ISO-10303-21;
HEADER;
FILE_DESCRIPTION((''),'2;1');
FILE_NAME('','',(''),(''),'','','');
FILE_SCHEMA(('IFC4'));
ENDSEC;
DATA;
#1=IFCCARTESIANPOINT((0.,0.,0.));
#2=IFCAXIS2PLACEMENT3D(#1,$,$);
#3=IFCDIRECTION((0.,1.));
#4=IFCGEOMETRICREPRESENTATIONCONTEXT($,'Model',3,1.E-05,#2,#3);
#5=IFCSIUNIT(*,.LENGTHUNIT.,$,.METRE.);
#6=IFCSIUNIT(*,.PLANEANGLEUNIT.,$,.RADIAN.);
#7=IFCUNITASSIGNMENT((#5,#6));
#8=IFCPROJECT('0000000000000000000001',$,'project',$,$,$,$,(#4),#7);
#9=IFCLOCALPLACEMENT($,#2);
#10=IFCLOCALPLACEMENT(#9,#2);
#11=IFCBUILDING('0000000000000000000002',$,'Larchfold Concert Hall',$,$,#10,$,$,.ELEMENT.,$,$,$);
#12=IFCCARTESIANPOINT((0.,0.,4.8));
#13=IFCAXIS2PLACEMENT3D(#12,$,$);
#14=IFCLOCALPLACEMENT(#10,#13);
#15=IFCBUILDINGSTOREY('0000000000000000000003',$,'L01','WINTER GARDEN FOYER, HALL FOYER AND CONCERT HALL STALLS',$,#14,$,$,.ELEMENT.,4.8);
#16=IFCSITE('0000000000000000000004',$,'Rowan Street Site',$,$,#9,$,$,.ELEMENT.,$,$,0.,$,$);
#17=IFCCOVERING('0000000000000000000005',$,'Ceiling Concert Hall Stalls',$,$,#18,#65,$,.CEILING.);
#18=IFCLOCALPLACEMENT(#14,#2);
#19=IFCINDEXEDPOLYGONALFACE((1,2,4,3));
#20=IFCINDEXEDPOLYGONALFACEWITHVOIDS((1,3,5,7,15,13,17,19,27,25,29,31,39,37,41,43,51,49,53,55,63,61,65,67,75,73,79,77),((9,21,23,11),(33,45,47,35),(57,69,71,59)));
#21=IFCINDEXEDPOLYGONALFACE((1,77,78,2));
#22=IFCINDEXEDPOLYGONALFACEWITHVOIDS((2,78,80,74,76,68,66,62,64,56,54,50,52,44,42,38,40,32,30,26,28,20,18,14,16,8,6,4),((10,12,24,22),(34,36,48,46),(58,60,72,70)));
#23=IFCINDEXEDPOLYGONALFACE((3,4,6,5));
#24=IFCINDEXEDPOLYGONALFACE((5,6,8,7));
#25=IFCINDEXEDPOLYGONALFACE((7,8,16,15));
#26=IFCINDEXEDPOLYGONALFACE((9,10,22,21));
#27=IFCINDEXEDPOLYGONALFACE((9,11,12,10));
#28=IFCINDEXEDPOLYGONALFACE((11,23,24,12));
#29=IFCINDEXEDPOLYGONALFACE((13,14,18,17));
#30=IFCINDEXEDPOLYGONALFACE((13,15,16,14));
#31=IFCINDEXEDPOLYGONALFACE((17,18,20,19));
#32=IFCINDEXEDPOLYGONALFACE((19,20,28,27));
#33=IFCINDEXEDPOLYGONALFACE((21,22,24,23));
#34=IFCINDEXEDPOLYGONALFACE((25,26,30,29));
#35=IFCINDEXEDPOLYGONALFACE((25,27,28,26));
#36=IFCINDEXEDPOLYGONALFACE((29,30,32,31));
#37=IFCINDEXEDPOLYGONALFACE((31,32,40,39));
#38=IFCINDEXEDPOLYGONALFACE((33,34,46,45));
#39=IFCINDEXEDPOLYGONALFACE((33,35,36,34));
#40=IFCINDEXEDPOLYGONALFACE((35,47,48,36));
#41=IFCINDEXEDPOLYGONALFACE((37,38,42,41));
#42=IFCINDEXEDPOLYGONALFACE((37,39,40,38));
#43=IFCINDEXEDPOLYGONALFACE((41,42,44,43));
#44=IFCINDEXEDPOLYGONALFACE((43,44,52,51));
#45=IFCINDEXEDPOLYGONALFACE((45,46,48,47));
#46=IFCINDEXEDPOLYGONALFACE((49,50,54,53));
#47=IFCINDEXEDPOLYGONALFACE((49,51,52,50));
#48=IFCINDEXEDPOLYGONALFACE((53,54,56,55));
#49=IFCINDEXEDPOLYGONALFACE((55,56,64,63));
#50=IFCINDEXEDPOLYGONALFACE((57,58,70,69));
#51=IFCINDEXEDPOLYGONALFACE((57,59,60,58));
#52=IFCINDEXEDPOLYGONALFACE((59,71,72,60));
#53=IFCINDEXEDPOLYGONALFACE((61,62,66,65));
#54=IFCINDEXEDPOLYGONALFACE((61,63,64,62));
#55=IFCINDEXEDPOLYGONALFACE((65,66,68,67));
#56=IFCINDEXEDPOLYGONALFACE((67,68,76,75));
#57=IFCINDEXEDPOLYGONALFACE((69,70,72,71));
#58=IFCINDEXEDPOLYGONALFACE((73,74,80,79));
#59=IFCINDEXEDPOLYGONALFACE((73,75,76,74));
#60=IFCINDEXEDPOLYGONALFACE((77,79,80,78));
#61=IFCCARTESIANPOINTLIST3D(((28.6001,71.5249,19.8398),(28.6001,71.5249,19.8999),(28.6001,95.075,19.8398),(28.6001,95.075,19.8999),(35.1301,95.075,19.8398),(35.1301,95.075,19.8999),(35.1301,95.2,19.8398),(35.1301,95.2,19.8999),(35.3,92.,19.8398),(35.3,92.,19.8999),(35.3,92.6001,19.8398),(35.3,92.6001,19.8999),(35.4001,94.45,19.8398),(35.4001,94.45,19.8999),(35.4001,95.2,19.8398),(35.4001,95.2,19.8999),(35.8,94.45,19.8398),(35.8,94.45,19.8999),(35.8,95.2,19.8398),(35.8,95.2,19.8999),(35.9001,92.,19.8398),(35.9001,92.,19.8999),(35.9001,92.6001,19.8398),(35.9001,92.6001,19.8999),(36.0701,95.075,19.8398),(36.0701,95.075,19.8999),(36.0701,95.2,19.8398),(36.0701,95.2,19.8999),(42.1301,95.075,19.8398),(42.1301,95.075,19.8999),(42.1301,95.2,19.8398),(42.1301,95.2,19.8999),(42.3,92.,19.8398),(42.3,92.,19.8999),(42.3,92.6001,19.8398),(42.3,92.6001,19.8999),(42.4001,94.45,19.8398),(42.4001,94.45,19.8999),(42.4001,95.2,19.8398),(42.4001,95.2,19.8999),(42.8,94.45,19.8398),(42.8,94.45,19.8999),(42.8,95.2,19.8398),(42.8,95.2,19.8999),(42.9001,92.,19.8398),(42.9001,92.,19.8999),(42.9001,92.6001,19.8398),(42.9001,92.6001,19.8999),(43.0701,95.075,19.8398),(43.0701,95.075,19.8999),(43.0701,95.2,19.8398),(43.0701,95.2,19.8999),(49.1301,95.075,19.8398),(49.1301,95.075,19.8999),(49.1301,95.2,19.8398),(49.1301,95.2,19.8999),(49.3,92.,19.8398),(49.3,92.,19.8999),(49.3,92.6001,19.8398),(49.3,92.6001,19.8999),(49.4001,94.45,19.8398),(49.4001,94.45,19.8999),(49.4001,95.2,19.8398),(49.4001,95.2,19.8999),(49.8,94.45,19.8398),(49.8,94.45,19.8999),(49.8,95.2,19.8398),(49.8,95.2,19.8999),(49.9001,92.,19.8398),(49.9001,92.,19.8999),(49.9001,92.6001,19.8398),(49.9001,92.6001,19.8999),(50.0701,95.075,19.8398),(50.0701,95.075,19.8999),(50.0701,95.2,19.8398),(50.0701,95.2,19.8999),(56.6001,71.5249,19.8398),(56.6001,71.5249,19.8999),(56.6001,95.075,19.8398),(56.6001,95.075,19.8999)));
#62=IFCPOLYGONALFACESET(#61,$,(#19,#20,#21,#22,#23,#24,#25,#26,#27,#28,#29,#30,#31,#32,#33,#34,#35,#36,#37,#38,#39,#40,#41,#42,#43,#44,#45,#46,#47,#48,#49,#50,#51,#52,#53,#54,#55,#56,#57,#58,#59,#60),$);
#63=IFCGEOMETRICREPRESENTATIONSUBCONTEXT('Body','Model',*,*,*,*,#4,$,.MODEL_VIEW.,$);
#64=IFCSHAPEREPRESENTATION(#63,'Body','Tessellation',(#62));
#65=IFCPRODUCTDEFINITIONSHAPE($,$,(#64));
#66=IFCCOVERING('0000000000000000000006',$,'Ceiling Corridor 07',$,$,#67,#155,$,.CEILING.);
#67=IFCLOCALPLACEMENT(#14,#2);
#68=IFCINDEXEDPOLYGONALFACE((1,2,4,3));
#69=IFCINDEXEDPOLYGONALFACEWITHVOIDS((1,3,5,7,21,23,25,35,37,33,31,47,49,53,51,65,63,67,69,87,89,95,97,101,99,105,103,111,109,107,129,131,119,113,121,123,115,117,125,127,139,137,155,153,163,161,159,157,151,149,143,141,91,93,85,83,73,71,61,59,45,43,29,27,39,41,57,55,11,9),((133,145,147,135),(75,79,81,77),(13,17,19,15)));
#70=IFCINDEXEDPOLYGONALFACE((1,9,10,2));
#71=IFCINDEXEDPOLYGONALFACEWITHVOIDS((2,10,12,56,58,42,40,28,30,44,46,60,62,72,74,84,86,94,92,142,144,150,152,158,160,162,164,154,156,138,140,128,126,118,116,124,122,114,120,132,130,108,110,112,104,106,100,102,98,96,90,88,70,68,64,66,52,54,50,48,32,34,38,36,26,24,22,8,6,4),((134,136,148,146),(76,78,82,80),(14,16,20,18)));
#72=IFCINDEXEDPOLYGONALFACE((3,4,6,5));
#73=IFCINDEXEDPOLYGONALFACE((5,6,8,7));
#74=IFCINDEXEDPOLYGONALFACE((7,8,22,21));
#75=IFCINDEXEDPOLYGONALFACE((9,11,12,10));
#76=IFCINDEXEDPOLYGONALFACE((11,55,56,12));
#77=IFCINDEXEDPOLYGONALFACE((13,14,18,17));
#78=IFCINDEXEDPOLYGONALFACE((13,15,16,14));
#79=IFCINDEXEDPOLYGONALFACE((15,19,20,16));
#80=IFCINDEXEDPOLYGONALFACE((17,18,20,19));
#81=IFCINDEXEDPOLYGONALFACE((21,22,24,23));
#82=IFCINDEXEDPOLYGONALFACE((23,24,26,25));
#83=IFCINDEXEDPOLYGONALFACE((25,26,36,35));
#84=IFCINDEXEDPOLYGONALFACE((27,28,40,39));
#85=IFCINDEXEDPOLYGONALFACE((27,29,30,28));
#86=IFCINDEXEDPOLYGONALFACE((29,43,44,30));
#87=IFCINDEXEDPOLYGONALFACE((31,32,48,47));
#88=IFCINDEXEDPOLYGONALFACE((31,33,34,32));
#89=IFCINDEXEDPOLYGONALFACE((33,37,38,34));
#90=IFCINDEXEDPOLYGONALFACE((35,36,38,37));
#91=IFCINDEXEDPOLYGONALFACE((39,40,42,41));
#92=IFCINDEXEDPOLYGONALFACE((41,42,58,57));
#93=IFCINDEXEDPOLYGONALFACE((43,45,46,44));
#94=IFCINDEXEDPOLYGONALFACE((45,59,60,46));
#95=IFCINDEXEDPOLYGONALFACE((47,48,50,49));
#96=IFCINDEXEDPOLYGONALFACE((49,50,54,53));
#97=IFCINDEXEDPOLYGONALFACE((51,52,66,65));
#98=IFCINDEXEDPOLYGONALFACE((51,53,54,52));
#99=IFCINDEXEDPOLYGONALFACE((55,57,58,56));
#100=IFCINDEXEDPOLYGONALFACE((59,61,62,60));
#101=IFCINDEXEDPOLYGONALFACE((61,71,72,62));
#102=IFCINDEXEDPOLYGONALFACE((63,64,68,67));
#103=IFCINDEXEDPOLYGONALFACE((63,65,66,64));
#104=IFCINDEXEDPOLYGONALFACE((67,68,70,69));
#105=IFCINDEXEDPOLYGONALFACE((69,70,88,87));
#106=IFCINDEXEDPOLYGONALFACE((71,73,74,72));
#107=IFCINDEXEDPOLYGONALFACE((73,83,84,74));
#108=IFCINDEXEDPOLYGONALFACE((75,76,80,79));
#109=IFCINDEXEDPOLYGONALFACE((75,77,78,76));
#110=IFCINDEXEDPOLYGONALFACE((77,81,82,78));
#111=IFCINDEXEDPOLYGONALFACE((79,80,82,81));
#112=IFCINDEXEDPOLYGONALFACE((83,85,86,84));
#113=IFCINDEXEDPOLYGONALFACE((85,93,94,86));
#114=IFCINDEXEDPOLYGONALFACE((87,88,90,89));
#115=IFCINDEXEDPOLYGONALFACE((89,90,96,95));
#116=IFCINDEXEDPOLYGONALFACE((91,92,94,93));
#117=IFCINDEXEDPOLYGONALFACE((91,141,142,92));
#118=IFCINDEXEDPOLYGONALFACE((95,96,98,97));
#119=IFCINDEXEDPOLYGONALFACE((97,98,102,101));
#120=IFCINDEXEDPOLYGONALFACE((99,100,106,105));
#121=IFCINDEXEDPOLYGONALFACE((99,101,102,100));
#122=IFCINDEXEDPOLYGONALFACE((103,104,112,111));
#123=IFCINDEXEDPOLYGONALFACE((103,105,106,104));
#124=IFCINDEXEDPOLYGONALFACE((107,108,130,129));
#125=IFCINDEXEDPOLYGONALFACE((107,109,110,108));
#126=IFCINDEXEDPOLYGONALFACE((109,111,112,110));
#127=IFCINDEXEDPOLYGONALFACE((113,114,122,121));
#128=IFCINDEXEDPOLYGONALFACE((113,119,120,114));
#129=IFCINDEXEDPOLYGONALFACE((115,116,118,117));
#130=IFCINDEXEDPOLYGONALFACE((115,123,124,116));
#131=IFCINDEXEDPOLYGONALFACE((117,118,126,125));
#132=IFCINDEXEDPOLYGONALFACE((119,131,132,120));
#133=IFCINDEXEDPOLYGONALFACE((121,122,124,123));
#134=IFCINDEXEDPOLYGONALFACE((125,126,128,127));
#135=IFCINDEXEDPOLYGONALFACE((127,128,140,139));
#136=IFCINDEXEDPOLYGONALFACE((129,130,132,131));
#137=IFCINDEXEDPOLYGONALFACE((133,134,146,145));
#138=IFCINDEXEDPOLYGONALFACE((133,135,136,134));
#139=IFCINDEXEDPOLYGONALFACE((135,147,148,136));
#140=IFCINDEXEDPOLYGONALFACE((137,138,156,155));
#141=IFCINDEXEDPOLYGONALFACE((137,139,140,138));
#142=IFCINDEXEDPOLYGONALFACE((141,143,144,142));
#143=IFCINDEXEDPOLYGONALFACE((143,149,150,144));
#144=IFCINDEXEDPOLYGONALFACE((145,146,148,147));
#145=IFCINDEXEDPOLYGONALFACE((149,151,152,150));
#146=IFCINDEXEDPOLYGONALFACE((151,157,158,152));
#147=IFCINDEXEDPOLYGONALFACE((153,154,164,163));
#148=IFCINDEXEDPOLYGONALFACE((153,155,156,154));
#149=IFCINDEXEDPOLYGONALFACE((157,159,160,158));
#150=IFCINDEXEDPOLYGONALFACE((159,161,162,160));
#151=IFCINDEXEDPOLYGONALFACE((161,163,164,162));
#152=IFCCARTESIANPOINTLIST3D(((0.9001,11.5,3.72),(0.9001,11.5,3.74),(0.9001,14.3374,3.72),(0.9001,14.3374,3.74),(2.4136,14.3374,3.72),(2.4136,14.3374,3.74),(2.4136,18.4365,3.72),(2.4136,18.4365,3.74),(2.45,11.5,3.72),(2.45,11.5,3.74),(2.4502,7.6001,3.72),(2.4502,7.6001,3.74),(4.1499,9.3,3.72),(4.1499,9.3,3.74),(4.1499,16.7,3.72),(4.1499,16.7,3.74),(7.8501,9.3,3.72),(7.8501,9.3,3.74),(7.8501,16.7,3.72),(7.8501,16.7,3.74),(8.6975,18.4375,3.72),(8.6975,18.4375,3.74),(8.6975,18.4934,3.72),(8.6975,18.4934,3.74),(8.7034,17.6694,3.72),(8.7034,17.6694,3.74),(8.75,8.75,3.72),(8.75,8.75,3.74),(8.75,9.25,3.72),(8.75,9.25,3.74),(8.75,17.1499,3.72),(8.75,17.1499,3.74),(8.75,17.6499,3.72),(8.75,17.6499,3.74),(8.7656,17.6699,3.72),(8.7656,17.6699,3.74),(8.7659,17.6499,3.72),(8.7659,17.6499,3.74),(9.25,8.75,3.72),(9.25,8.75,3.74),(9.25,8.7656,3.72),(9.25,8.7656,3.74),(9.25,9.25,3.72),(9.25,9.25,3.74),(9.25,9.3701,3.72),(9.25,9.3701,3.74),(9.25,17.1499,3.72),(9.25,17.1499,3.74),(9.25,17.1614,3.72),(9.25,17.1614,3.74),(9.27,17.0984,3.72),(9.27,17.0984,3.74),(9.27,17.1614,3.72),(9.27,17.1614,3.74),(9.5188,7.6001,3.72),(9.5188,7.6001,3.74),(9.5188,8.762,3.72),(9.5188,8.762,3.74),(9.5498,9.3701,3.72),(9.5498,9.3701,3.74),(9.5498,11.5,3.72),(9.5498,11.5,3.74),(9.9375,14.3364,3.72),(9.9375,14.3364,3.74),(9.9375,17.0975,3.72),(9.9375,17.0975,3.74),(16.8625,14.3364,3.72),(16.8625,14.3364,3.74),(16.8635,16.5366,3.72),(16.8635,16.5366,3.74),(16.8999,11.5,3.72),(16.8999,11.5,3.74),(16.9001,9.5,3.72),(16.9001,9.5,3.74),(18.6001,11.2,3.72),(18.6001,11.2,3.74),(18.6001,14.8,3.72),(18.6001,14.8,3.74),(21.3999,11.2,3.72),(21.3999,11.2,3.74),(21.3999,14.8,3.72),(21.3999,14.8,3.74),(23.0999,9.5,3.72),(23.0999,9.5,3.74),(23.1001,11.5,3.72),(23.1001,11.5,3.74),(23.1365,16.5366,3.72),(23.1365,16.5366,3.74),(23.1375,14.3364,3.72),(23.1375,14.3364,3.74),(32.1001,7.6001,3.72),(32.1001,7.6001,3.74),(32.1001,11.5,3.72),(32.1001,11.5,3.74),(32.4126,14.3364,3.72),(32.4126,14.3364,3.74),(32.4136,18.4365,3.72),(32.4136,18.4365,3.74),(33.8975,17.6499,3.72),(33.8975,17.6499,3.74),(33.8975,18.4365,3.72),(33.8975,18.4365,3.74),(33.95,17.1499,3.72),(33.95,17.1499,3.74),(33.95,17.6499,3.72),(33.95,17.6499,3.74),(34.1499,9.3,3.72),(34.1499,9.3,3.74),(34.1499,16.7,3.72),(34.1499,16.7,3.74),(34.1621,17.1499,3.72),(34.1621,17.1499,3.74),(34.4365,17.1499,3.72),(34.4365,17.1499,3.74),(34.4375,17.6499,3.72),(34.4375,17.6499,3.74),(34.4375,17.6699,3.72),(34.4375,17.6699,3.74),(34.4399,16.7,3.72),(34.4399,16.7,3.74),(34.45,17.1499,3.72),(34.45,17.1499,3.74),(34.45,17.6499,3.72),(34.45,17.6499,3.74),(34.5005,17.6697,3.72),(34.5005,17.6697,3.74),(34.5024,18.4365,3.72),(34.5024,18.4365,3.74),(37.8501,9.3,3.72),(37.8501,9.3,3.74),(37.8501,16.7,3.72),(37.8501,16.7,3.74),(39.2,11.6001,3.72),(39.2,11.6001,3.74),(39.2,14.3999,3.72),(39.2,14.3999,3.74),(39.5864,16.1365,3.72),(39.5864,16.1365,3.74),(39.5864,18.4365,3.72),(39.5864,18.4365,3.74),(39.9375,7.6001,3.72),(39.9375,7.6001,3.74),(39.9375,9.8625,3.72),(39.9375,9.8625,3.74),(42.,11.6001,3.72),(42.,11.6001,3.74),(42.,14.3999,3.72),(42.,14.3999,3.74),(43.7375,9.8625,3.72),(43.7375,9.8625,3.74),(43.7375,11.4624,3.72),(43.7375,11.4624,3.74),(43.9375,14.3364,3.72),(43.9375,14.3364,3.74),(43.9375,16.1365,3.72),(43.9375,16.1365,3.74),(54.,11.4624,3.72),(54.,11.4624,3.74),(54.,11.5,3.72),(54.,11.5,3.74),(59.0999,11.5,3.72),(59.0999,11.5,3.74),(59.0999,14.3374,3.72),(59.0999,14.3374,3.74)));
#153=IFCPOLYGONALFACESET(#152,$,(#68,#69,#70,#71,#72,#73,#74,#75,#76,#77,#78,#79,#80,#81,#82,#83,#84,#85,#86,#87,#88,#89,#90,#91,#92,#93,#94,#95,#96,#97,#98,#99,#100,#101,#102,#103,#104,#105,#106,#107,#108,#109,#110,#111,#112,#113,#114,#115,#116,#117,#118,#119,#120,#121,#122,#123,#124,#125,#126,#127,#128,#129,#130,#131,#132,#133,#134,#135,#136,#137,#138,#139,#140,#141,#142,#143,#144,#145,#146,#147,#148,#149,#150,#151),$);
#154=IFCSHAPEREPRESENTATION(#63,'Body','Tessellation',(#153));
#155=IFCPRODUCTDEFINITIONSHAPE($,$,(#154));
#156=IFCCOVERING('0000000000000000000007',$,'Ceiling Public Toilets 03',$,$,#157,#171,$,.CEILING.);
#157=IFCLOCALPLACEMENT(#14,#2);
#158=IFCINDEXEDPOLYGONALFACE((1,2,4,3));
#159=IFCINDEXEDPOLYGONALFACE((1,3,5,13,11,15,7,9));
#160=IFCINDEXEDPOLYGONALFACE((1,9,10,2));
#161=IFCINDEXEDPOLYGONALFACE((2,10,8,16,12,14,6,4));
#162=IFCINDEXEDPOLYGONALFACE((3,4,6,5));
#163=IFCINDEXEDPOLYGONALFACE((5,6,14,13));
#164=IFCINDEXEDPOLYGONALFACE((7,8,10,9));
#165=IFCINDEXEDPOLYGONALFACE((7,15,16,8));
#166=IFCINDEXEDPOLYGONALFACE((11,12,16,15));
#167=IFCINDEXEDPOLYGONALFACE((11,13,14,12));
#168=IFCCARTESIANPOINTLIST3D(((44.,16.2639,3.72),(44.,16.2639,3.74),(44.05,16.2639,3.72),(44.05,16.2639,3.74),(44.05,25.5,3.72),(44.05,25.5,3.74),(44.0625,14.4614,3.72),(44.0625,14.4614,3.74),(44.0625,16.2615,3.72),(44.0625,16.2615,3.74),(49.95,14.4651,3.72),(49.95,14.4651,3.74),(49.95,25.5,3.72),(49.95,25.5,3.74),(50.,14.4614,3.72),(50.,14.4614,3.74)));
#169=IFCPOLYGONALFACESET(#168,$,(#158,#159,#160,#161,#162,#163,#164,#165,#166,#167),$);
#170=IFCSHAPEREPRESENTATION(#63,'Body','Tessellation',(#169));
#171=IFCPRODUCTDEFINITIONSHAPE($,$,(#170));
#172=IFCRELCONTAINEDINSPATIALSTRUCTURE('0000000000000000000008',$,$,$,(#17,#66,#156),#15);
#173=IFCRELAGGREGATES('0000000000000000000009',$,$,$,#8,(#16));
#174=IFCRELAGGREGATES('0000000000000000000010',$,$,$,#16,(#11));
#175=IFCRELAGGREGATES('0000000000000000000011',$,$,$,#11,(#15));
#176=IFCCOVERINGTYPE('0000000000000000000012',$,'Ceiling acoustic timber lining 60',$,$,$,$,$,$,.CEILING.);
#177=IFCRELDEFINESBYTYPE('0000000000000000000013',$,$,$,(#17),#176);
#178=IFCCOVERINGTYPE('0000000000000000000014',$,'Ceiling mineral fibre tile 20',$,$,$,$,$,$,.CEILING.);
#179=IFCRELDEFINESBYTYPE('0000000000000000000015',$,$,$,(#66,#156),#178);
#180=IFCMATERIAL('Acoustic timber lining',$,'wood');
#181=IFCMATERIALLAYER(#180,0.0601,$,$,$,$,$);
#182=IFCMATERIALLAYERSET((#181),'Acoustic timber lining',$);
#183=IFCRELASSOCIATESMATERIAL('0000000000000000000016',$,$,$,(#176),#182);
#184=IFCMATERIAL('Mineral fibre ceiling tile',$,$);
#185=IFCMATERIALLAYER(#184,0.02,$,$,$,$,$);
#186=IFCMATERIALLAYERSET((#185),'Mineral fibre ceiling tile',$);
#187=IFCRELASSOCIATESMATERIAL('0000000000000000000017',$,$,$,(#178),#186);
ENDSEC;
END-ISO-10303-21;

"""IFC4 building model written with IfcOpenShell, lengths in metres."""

from ifc_helpers import new_model, si_unit, direction, frame, origin, place, context, subcontext, project, spatial, polyline, outline, extrude, material, layer, layer_set, type_object, element, save


model = new_model("IFC4")

# Units and contexts
model_context = context("Model", 3, precision=1e-05, world=origin(), true_north=direction((0.0, 1.0)))
body_context = subcontext(model_context, "Body", "Model", "MODEL_VIEW")
ifc_project = project(units=[si_unit("LENGTHUNIT", "METRE"), si_unit("PLANEANGLEUNIT", "RADIAN")], contexts=[model_context])

# Site, building, storey
site_placement = place(None, origin())
site = spatial("IfcSite", under=ifc_project, at=site_placement, Name="Rowan Street Site", CompositionType="ELEMENT", RefElevation=0.0)
building_placement = place(site_placement, origin())
building = spatial("IfcBuilding", under=site, at=building_placement, Name="Larchfold Concert Hall", CompositionType="ELEMENT")
storey_placement = place(building_placement, frame((0.0, 0.0, 4.8)))
storey = spatial("IfcBuildingStorey", under=building, at=storey_placement, Name="L01", Description="WINTER GARDEN FOYER, HALL FOYER AND CONCERT HALL STALLS", CompositionType="ELEMENT", Elevation=4.8)

# Coverings
ifc_material_1 = material(Name="Acoustic timber lining", Category="wood")
ifc_layer_1 = layer(ifc_material_1, 0.0601)
ifc_layer_set_1 = layer_set([ifc_layer_1], Name="Acoustic timber lining")
covering_type_1 = type_object("IfcCoveringType", Name="Ceiling acoustic timber lining 60", PredefinedType="CEILING", material=ifc_layer_set_1)
covering_1_placement = place(storey_placement, frame((0.0, 0.0, 19.8398)))
element("IfcCovering", 1, at=covering_1_placement, inside=storey, type_object=covering_type_1, Name="Ceiling Concert Hall Stalls", PredefinedType="CEILING", context=body_context, shape_type="SweptSolid", body=[
    extrude(outline(polyline([(28.6001, 71.5249), (56.6001, 71.5249), (56.6001, 95.075), (50.0701, 95.075), (50.0701, 95.2), (49.8, 95.2), (49.8, 94.45), (49.4001, 94.45), (49.4001, 95.2), (49.1301, 95.2), (49.1301, 95.075), (43.0701, 95.075), (43.0701, 95.2), (42.8, 95.2), (42.8, 94.45), (42.4001, 94.45), (42.4001, 95.2), (42.1301, 95.2), (42.1301, 95.075), (36.0701, 95.075), (36.0701, 95.2), (35.8, 95.2), (35.8, 94.45), (35.4001, 94.45), (35.4001, 95.2), (35.1301, 95.2), (35.1301, 95.075), (28.6001, 95.075), (28.6001, 71.5249)]), holes=[polyline([(49.9001, 92.6001), (49.9001, 92.0), (49.3, 92.0), (49.3, 92.6001), (49.9001, 92.6001)]), polyline([(42.9001, 92.6001), (42.9001, 92.0), (42.3, 92.0), (42.3, 92.6001), (42.9001, 92.6001)]), polyline([(35.9001, 92.6001), (35.9001, 92.0), (35.3, 92.0), (35.3, 92.6001), (35.9001, 92.6001)])]), origin(), (0.0, 0.0, 1.0), 0.0601),
])
ifc_material_2 = material(Name="Mineral fibre ceiling tile")
ifc_layer_2 = layer(ifc_material_2, 0.02)
ifc_layer_set_2 = layer_set([ifc_layer_2], Name="Mineral fibre ceiling tile")
covering_type_2 = type_object("IfcCoveringType", Name="Ceiling mineral fibre tile 20", PredefinedType="CEILING", material=ifc_layer_set_2)
covering_2_placement = place(storey_placement, frame((0.0, 0.0, 3.72)))
element("IfcCovering", 2, at=covering_2_placement, inside=storey, type_object=covering_type_2, Name="Ceiling Corridor 07", PredefinedType="CEILING", context=body_context, shape_type="SweptSolid", body=[
    extrude(outline(polyline([(2.4136, 18.4365), (2.4136, 14.3374), (0.9001, 14.3374), (0.9001, 11.5), (2.45, 11.5), (2.4502, 7.6001), (9.5188, 7.6001), (9.5188, 8.762), (9.25, 8.7656), (9.25, 8.75), (8.75, 8.75), (8.75, 9.25), (9.25, 9.25), (9.25, 9.3701), (9.5498, 9.3701), (9.5498, 11.5), (16.8999, 11.5), (16.9001, 9.5), (23.0999, 9.5), (23.1001, 11.5), (32.1001, 11.5), (32.1001, 7.6001), (39.9375, 7.6001), (39.9375, 9.8625), (43.7375, 9.8625), (43.7375, 11.4624), (54.0, 11.4624), (54.0, 11.5), (59.0999, 11.5), (59.0999, 14.3374), (43.9375, 14.3364), (43.9375, 16.1365), (39.5864, 16.1365), (39.5864, 18.4365), (34.5024, 18.4365), (34.5024, 18.4624), (34.5005, 17.6697), (34.4375, 17.6699), (34.4375, 17.6499), (34.45, 17.6499), (34.45, 17.1499), (34.4365, 17.1499), (34.4399, 16.7), (37.8501, 16.7), (37.8501, 9.3), (34.1499, 9.3), (34.1499, 16.7), (34.1621, 17.1499), (33.95, 17.1499), (33.95, 17.6499), (33.8975, 17.6499), (33.8975, 18.4365), (32.4136, 18.4365), (32.4136, 18.499), (32.4126, 14.3364), (23.1375, 14.3364), (23.1365, 16.5366), (16.8635, 16.5366), (16.8635, 16.5991), (16.8625, 14.3364), (9.9375, 14.3364), (9.9375, 17.0974), (10.0, 17.0974), (9.27, 17.0984), (9.27, 17.1614), (9.25, 17.1614), (9.25, 17.1499), (8.75, 17.1499), (8.75, 17.6499), (8.7659, 17.6499), (8.7656, 17.6699), (8.7034, 17.6694), (8.6975, 18.4934), (8.6975, 18.4375), (2.4136, 18.4365)]), holes=[polyline([(42.0, 11.6001), (39.2, 11.6001), (39.2, 14.3999), (42.0, 14.3999), (42.0, 11.6001)]), polyline([(21.3999, 11.2), (18.6001, 11.2), (18.6001, 14.8), (21.3999, 14.8), (21.3999, 11.2)]), polyline([(7.8501, 9.3), (4.1499, 9.3), (4.1499, 16.7), (7.8501, 16.7), (7.8501, 9.3)])]), origin(), (0.0, 0.0, 1.0), 0.02),
])
covering_3_placement = place(storey_placement, frame((0.0, 0.0, 3.72)))
element("IfcCovering", 3, at=covering_3_placement, inside=storey, type_object=covering_type_2, Name="Ceiling Public Toilets 03", PredefinedType="CEILING", context=body_context, shape_type="SweptSolid", body=[
    extrude(outline(polyline([(44.0, 16.2639), (44.0625, 16.2615), (44.0625, 14.4614), (50.0, 14.4614), (49.95, 14.4651), (49.95, 25.5), (44.05, 25.5), (44.05, 16.2639), (44.0, 16.2639)])), origin(), (0.0, 0.0, 1.0), 0.02),
])

save(model, "model.ifc")
